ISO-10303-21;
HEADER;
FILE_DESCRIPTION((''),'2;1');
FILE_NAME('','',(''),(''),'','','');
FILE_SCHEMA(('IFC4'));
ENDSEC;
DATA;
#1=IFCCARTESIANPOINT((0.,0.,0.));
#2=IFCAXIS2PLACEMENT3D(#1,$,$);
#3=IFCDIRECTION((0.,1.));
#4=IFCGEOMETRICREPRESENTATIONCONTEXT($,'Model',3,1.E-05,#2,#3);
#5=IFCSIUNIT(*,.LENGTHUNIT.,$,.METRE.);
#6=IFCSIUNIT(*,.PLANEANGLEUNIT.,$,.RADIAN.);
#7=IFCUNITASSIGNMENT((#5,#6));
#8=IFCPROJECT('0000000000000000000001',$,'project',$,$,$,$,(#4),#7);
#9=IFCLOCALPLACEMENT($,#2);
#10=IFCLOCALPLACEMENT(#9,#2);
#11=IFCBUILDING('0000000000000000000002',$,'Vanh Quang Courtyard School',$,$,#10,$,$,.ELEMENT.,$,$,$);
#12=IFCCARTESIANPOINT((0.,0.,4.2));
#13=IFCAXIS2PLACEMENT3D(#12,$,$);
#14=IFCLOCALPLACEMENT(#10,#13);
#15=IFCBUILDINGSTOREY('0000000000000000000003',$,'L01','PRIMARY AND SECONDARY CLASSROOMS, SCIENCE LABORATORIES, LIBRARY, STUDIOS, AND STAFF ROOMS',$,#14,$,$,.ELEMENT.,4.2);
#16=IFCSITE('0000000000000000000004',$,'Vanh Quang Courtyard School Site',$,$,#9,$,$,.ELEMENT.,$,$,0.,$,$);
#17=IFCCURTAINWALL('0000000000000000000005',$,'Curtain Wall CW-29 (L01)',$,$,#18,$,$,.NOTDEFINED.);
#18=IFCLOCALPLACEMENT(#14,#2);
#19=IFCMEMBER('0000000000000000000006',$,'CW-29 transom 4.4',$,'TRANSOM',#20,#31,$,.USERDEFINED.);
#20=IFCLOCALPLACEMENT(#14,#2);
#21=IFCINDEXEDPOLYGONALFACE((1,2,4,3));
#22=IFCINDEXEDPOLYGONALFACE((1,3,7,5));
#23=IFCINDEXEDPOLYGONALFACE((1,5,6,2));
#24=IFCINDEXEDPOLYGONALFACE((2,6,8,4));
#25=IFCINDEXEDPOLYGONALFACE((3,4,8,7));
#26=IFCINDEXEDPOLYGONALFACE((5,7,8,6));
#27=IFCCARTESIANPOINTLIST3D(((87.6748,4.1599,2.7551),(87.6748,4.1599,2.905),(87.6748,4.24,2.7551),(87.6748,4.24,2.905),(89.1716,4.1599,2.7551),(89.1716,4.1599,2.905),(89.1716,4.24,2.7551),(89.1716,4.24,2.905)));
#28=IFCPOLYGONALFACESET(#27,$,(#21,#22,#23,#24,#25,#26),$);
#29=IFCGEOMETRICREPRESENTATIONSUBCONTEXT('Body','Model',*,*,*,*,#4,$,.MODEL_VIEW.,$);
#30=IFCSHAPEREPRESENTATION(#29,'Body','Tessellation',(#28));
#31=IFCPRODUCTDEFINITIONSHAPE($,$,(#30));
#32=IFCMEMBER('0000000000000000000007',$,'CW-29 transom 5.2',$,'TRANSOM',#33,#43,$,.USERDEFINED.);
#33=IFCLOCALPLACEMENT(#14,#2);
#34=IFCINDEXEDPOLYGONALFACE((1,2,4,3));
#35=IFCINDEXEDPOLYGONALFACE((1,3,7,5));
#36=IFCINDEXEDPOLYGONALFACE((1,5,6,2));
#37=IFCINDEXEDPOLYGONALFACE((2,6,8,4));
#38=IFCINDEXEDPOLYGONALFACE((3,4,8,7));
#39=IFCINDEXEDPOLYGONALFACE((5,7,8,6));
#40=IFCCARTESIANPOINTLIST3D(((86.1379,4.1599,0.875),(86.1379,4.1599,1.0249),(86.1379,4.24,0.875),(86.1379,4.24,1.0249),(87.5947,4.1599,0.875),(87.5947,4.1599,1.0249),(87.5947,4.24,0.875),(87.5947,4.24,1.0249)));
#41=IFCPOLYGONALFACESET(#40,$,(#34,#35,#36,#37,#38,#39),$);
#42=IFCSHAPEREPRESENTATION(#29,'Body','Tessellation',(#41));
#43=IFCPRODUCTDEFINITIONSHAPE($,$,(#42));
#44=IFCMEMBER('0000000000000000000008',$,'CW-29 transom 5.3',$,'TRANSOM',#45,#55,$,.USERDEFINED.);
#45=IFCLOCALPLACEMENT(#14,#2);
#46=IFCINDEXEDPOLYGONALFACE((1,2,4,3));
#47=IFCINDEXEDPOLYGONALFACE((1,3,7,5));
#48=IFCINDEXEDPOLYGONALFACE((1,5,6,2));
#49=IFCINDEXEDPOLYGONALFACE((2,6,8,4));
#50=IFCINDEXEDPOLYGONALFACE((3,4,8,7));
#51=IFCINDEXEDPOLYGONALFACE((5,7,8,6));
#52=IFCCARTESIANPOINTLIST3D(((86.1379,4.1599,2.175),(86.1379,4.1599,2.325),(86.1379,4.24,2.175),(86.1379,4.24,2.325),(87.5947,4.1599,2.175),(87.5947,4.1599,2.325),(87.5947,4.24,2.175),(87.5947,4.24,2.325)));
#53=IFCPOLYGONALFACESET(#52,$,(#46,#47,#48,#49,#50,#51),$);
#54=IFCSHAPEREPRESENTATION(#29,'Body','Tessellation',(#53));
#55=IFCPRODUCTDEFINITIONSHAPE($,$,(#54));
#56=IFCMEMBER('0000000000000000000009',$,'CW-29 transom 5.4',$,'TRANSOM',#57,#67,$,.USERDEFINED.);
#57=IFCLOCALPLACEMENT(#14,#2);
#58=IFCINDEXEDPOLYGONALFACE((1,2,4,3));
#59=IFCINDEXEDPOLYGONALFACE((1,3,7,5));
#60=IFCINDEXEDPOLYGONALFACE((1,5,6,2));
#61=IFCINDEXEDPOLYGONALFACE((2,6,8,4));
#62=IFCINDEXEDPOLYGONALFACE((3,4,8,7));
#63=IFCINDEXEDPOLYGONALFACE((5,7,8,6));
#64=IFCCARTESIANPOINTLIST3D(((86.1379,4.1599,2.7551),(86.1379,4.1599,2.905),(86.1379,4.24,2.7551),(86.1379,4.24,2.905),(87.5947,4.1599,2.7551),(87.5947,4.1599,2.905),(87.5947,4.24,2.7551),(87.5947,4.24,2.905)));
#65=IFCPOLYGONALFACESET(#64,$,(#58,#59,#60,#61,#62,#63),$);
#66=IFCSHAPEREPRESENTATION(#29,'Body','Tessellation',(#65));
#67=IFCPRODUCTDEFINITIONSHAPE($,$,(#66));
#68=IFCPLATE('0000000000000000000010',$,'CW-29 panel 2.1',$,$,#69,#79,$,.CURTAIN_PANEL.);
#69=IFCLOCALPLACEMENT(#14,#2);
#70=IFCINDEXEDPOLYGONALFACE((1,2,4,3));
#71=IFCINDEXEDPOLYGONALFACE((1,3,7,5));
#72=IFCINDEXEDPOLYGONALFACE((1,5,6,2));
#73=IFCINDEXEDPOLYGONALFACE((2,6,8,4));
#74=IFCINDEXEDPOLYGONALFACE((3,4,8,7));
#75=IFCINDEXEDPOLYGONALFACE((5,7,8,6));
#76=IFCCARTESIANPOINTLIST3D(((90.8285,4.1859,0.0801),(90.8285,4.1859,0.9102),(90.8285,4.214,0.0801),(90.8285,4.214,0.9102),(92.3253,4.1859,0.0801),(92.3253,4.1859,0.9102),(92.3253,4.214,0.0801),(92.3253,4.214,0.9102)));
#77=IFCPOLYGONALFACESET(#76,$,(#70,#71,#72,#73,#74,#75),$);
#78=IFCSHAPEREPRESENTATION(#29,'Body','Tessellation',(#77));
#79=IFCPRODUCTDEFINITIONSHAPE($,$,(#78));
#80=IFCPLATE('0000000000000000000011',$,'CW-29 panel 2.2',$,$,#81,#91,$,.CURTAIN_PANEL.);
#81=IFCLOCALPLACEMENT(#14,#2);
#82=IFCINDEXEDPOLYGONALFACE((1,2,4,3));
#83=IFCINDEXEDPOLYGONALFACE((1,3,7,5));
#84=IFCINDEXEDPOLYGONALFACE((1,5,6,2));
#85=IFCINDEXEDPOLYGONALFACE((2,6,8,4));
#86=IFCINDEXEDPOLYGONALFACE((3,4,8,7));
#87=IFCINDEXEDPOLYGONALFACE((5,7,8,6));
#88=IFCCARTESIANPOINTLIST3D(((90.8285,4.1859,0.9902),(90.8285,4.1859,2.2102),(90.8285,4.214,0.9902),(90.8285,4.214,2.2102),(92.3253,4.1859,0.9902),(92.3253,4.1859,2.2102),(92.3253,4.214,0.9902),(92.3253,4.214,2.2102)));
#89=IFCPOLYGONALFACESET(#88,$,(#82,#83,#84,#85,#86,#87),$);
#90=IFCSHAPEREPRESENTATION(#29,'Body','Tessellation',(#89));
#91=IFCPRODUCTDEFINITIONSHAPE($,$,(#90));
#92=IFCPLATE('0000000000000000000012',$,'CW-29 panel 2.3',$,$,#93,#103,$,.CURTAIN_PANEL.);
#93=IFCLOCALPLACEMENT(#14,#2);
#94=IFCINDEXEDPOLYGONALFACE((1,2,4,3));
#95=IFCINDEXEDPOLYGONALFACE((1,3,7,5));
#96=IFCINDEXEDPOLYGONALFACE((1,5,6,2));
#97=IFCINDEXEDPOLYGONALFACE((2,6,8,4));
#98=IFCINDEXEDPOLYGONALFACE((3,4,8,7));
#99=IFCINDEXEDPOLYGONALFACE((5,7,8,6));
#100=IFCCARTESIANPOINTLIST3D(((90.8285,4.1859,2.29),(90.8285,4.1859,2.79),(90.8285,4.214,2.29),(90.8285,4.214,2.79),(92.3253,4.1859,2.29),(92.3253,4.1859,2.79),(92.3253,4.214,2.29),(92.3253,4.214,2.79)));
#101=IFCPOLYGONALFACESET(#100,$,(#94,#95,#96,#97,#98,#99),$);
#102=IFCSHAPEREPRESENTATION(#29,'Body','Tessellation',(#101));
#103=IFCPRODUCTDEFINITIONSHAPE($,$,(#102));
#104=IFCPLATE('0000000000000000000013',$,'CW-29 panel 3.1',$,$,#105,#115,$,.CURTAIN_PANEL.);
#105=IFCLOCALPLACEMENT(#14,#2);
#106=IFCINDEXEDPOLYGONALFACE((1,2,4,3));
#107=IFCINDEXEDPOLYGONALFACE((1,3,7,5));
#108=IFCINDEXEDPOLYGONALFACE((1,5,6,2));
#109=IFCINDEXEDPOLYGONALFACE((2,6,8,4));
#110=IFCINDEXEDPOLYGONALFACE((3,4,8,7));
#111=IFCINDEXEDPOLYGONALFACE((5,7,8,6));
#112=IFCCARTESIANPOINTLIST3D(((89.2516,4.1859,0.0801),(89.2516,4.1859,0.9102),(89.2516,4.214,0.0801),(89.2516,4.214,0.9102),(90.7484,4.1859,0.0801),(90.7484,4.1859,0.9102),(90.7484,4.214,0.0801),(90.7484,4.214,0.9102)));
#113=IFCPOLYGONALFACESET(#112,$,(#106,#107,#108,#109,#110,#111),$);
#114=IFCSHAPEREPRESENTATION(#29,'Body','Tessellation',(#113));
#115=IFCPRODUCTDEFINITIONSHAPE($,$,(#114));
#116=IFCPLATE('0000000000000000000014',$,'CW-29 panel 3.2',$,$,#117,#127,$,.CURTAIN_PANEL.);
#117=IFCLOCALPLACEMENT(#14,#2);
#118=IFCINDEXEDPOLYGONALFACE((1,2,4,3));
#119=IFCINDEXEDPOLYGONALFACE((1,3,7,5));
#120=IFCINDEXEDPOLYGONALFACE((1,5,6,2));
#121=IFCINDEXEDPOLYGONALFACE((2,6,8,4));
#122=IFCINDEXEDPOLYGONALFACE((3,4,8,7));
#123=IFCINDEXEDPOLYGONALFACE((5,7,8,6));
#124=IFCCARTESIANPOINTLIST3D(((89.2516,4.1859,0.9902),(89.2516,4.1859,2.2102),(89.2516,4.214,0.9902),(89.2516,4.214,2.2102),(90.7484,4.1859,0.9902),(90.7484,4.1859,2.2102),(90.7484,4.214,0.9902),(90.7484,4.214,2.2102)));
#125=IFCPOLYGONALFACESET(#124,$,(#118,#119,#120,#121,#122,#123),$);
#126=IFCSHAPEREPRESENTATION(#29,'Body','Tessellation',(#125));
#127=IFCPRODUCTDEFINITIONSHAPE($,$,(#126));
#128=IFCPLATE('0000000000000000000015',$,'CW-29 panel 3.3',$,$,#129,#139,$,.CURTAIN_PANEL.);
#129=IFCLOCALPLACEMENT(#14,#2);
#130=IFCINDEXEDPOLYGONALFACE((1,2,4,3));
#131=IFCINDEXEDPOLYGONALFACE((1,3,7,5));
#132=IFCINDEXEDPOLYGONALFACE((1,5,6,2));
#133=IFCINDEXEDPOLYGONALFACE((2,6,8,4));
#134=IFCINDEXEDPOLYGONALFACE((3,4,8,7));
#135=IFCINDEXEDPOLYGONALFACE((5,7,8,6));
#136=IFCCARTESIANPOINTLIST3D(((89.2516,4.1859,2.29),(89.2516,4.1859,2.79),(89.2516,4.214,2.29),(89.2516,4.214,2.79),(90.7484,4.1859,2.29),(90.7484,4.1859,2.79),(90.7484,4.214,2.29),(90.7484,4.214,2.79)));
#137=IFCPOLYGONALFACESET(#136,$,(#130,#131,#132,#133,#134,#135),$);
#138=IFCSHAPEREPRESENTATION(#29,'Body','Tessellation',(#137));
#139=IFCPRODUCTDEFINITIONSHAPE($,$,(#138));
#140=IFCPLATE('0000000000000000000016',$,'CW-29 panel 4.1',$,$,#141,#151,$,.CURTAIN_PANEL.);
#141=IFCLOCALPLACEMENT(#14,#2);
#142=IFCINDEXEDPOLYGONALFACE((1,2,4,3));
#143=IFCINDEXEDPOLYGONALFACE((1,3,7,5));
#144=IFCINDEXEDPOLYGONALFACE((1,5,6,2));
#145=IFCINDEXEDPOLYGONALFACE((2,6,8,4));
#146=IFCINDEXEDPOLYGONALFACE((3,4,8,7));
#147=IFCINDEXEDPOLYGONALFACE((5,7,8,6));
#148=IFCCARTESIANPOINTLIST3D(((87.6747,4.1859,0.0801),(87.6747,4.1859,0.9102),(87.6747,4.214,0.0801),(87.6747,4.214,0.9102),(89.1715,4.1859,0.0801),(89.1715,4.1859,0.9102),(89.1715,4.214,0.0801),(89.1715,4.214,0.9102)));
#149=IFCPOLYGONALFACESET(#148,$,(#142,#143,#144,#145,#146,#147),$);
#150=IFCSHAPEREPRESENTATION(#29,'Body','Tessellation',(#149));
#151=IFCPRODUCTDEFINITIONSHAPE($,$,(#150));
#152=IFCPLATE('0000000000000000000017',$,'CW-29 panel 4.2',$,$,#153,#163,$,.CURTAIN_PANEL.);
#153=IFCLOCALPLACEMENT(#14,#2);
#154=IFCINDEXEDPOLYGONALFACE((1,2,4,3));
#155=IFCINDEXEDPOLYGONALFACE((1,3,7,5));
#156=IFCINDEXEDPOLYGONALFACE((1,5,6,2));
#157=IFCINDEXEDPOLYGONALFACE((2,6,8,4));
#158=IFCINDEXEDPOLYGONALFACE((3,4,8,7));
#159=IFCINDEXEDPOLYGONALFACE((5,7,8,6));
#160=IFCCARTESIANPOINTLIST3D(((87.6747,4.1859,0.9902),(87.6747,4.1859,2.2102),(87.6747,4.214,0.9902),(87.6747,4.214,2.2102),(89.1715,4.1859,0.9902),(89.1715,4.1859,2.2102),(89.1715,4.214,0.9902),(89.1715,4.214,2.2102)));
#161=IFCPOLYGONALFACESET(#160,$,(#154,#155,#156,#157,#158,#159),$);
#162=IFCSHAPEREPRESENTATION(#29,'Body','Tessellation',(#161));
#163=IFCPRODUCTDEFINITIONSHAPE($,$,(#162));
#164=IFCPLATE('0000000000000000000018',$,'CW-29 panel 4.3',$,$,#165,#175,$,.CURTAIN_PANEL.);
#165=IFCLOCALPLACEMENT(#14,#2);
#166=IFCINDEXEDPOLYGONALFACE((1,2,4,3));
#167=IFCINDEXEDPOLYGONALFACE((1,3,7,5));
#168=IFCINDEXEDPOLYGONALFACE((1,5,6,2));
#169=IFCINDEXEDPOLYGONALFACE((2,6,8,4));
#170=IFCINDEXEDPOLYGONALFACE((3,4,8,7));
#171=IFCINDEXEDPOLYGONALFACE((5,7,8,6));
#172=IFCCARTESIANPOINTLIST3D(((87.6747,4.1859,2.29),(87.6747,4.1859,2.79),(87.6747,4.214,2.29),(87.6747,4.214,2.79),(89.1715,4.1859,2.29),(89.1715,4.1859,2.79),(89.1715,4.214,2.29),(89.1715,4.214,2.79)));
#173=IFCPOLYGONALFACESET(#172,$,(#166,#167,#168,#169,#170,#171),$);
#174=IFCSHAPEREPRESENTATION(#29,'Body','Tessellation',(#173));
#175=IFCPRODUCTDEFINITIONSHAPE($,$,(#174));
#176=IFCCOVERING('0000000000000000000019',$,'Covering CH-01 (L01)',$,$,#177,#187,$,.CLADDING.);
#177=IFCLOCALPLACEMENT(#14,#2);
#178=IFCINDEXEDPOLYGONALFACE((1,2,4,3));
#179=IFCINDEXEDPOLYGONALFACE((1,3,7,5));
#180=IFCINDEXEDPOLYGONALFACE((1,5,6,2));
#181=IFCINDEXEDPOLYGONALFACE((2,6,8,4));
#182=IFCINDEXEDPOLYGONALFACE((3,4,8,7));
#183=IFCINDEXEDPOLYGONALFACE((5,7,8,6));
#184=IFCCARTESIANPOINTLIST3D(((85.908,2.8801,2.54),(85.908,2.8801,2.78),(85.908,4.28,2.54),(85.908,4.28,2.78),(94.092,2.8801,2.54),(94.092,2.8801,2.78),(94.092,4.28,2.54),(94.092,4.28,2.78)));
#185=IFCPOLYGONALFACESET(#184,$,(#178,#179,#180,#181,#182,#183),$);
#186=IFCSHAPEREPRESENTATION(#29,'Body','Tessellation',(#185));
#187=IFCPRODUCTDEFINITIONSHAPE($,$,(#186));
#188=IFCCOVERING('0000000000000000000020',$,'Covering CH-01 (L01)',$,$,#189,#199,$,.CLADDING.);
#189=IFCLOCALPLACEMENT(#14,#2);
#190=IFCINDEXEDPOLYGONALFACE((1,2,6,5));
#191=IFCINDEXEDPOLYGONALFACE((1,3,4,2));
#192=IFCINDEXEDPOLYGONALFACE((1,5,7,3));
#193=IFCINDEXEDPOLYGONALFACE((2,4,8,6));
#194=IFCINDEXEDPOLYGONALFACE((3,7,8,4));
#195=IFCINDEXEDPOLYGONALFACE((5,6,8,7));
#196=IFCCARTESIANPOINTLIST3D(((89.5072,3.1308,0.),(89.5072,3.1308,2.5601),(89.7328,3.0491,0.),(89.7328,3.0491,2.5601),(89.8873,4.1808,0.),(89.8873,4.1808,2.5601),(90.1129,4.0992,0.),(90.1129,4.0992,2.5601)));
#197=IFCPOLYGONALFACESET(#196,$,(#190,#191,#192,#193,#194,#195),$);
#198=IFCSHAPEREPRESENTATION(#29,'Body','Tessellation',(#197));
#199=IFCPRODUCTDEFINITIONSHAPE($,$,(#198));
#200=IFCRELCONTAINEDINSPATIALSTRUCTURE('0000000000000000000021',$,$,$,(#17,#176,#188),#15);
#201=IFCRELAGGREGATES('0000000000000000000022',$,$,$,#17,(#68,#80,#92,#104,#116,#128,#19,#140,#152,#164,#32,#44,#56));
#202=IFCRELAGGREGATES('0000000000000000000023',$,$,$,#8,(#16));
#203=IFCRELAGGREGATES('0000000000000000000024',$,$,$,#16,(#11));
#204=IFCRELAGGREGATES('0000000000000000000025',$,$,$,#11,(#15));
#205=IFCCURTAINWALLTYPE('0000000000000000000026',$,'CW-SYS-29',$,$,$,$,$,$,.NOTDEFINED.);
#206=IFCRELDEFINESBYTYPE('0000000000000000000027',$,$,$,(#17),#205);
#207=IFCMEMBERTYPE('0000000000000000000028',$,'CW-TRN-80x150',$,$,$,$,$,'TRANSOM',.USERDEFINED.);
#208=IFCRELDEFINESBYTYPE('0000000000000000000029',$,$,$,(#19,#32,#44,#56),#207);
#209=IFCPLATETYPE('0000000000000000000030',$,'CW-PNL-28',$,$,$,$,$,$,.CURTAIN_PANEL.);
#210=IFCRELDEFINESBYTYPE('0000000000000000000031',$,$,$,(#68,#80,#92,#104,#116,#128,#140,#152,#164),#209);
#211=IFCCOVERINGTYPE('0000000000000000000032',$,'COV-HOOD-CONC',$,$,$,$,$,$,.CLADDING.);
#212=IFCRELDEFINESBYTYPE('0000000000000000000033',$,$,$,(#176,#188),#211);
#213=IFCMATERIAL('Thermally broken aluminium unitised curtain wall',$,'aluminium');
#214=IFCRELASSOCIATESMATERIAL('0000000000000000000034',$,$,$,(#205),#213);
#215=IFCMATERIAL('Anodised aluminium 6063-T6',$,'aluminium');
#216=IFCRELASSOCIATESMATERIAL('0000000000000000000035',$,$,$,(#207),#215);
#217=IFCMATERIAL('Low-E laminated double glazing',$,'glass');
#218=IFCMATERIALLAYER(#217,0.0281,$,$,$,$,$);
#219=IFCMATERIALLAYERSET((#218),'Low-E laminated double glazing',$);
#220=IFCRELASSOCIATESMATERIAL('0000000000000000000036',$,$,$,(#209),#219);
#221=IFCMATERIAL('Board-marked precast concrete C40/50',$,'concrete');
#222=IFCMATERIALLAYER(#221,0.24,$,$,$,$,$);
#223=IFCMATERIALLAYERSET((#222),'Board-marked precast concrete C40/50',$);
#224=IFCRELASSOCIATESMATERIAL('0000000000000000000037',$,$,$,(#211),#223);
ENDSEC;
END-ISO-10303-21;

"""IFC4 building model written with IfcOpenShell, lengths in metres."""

from ifc_helpers import new_model, si_unit, direction, frame, origin, origin_2d, place, context, subcontext, project, spatial, rectangle, extrude, material, layer, layer_set, material_profile, profile_set, type_object, element, aggregate, save


model = new_model("IFC4")

# Units and contexts
model_context = context("Model", 3, precision=1e-05, world=origin(), true_north=direction((0.0, 1.0)))
body_context = subcontext(model_context, "Body", "Model", "MODEL_VIEW")
ifc_project = project(units=[si_unit("LENGTHUNIT", "METRE"), si_unit("PLANEANGLEUNIT", "RADIAN")], contexts=[model_context])

# Site, building, storey
site_placement = place(None, origin())
site = spatial("IfcSite", under=ifc_project, at=site_placement, Name="Vanh Quang Courtyard School Site", CompositionType="ELEMENT", RefElevation=0.0)
building_placement = place(site_placement, origin())
building = spatial("IfcBuilding", under=site, at=building_placement, Name="Vanh Quang Courtyard School", CompositionType="ELEMENT")
storey_placement = place(building_placement, frame((0.0, 0.0, 4.2)))
storey = spatial("IfcBuildingStorey", under=building, at=storey_placement, Name="L01", Description="PRIMARY AND SECONDARY CLASSROOMS, SCIENCE LABORATORIES, LIBRARY, STUDIOS, AND STAFF ROOMS", CompositionType="ELEMENT", Elevation=4.2)

# Curtain wall, members, plates
ifc_material_1 = material(Name="Thermally broken aluminium unitised curtain wall", Category="aluminium")
curtain_wall_type = type_object("IfcCurtainWallType", Name="CW-SYS-29", PredefinedType="NOTDEFINED", material=ifc_material_1)
curtain_wall_placement = place(storey_placement, origin())
curtain_wall = element("IfcCurtainWall", 1, at=curtain_wall_placement, inside=storey, type_object=curtain_wall_type, Name="Curtain Wall CW-29 (L01)", PredefinedType="NOTDEFINED")
ifc_material_2 = material(Name="Anodised aluminium 6063-T6", Category="aluminium")
ifc_material_profile_1 = material_profile(ifc_material_2, rectangle(XDim=0.0801, YDim=0.1499, at=origin_2d()), Name="ALU-TRN 80x150")
ifc_profile_set_1 = profile_set([ifc_material_profile_1], Name="Anodised aluminium 6063-T6")
member_type_1 = type_object("IfcMemberType", Name="CW-TRN-80x150", ElementType="TRANSOM", PredefinedType="USERDEFINED", material=ifc_profile_set_1)
member_1_placement = place(storey_placement, frame((89.1716, 4.2, 2.8301), z_axis=(-1.0, 0.0, 0.0), x_axis=(0.0, -1.0, 0.0)))
member_1 = element("IfcMember", 2, at=member_1_placement, type_object=member_type_1, Name="CW-29 transom 4.4", ObjectType="TRANSOM", PredefinedType="USERDEFINED", context=body_context, shape_type="SweptSolid", body=[
    extrude(rectangle(XDim=0.0801, YDim=0.1499, at=origin_2d()), origin(), (0.0, 0.0, 1.0), 1.4968),
])
member_2_placement = place(storey_placement, frame((87.5947, 4.2, 0.95), z_axis=(-1.0, 0.0, 0.0), x_axis=(0.0, -1.0, 0.0)))
member_2 = element("IfcMember", 3, at=member_2_placement, type_object=member_type_1, Name="CW-29 transom 5.2", ObjectType="TRANSOM", PredefinedType="USERDEFINED", context=body_context, shape_type="SweptSolid", body=[
    extrude(rectangle(XDim=0.0801, YDim=0.1499, at=origin_2d()), origin(), (0.0, 0.0, 1.0), 1.4568),
])
member_3_placement = place(storey_placement, frame((87.5947, 4.2, 2.25), z_axis=(-1.0, 0.0, 0.0), x_axis=(0.0, -1.0, 0.0)))
member_3 = element("IfcMember", 4, at=member_3_placement, type_object=member_type_1, Name="CW-29 transom 5.3", ObjectType="TRANSOM", PredefinedType="USERDEFINED", context=body_context, shape_type="SweptSolid", body=[
    extrude(rectangle(XDim=0.0801, YDim=0.1499, at=origin_2d()), origin(), (0.0, 0.0, 1.0), 1.4568),
])
member_4_placement = place(storey_placement, frame((87.5947, 4.2, 2.8301), z_axis=(-1.0, 0.0, 0.0), x_axis=(0.0, -1.0, 0.0)))
member_4 = element("IfcMember", 5, at=member_4_placement, type_object=member_type_1, Name="CW-29 transom 5.4", ObjectType="TRANSOM", PredefinedType="USERDEFINED", context=body_context, shape_type="SweptSolid", body=[
    extrude(rectangle(XDim=0.0801, YDim=0.1499, at=origin_2d()), origin(), (0.0, 0.0, 1.0), 1.4568),
])
ifc_material_3 = material(Name="Low-E laminated double glazing", Category="glass")
ifc_layer_1 = layer(ifc_material_3, 0.0281)
ifc_layer_set_1 = layer_set([ifc_layer_1], Name="Low-E laminated double glazing")
plate_type = type_object("IfcPlateType", Name="CW-PNL-28", PredefinedType="CURTAIN_PANEL", material=ifc_layer_set_1)
plate_1_placement = place(storey_placement, frame((91.5769, 4.2, 0.0801), z_axis=(0.0, 0.0, 1.0), x_axis=(-1.0, 0.0, 0.0)))
plate_1 = element("IfcPlate", 6, at=plate_1_placement, type_object=plate_type, Name="CW-29 panel 2.1", PredefinedType="CURTAIN_PANEL", context=body_context, shape_type="SweptSolid", body=[
    extrude(rectangle(XDim=1.4968, YDim=0.0281, at=origin_2d()), origin(), (0.0, 0.0, 1.0), 0.8301),
])
plate_2_placement = place(storey_placement, frame((91.5769, 4.2, 0.9902), z_axis=(0.0, 0.0, 1.0), x_axis=(-1.0, 0.0, 0.0)))
plate_2 = element("IfcPlate", 7, at=plate_2_placement, type_object=plate_type, Name="CW-29 panel 2.2", PredefinedType="CURTAIN_PANEL", context=body_context, shape_type="SweptSolid", body=[
    extrude(rectangle(XDim=1.4968, YDim=0.0281, at=origin_2d()), origin(), (0.0, 0.0, 1.0), 1.22),
])
plate_3_placement = place(storey_placement, frame((91.5769, 4.2, 2.29), z_axis=(0.0, 0.0, 1.0), x_axis=(-1.0, 0.0, 0.0)))
plate_3 = element("IfcPlate", 8, at=plate_3_placement, type_object=plate_type, Name="CW-29 panel 2.3", PredefinedType="CURTAIN_PANEL", context=body_context, shape_type="SweptSolid", body=[
    extrude(rectangle(XDim=1.4968, YDim=0.0281, at=origin_2d()), origin(), (0.0, 0.0, 1.0), 0.5),
])
plate_4_placement = place(storey_placement, frame((90.0, 4.2, 0.0801), z_axis=(0.0, 0.0, 1.0), x_axis=(-1.0, 0.0, 0.0)))
plate_4 = element("IfcPlate", 9, at=plate_4_placement, type_object=plate_type, Name="CW-29 panel 3.1", PredefinedType="CURTAIN_PANEL", context=body_context, shape_type="SweptSolid", body=[
    extrude(rectangle(XDim=1.4968, YDim=0.0281, at=origin_2d()), origin(), (0.0, 0.0, 1.0), 0.8301),
])
plate_5_placement = place(storey_placement, frame((90.0, 4.2, 0.9902), z_axis=(0.0, 0.0, 1.0), x_axis=(-1.0, 0.0, 0.0)))
plate_5 = element("IfcPlate", 10, at=plate_5_placement, type_object=plate_type, Name="CW-29 panel 3.2", PredefinedType="CURTAIN_PANEL", context=body_context, shape_type="SweptSolid", body=[
    extrude(rectangle(XDim=1.4968, YDim=0.0281, at=origin_2d()), origin(), (0.0, 0.0, 1.0), 1.22),
])
plate_6_placement = place(storey_placement, frame((90.0, 4.2, 2.29), z_axis=(0.0, 0.0, 1.0), x_axis=(-1.0, 0.0, 0.0)))
plate_6 = element("IfcPlate", 11, at=plate_6_placement, type_object=plate_type, Name="CW-29 panel 3.3", PredefinedType="CURTAIN_PANEL", context=body_context, shape_type="SweptSolid", body=[
    extrude(rectangle(XDim=1.4968, YDim=0.0281, at=origin_2d()), origin(), (0.0, 0.0, 1.0), 0.5),
])
plate_7_placement = place(storey_placement, frame((88.4231, 4.2, 0.0801), z_axis=(0.0, 0.0, 1.0), x_axis=(-1.0, 0.0, 0.0)))
plate_7 = element("IfcPlate", 12, at=plate_7_placement, type_object=plate_type, Name="CW-29 panel 4.1", PredefinedType="CURTAIN_PANEL", context=body_context, shape_type="SweptSolid", body=[
    extrude(rectangle(XDim=1.4968, YDim=0.0281, at=origin_2d()), origin(), (0.0, 0.0, 1.0), 0.8301),
])
plate_8_placement = place(storey_placement, frame((88.4231, 4.2, 0.9902), z_axis=(0.0, 0.0, 1.0), x_axis=(-1.0, 0.0, 0.0)))
plate_8 = element("IfcPlate", 13, at=plate_8_placement, type_object=plate_type, Name="CW-29 panel 4.2", PredefinedType="CURTAIN_PANEL", context=body_context, shape_type="SweptSolid", body=[
    extrude(rectangle(XDim=1.4968, YDim=0.0281, at=origin_2d()), origin(), (0.0, 0.0, 1.0), 1.22),
])
plate_9_placement = place(storey_placement, frame((88.4231, 4.2, 2.29), z_axis=(0.0, 0.0, 1.0), x_axis=(-1.0, 0.0, 0.0)))
plate_9 = element("IfcPlate", 14, at=plate_9_placement, type_object=plate_type, Name="CW-29 panel 4.3", PredefinedType="CURTAIN_PANEL", context=body_context, shape_type="SweptSolid", body=[
    extrude(rectangle(XDim=1.4968, YDim=0.0281, at=origin_2d()), origin(), (0.0, 0.0, 1.0), 0.5),
])
aggregate(curtain_wall, [plate_1, plate_2, plate_3, plate_4, plate_5, plate_6, member_1, plate_7, plate_8, plate_9, member_2, member_3, member_4])

# Coverings
ifc_material_4 = material(Name="Board-marked precast concrete C40/50", Category="concrete")
ifc_layer_2 = layer(ifc_material_4, 0.24)
ifc_layer_set_2 = layer_set([ifc_layer_2], Name="Board-marked precast concrete C40/50")
covering_type = type_object("IfcCoveringType", Name="COV-HOOD-CONC", PredefinedType="CLADDING", material=ifc_layer_set_2)
covering_1_placement = place(storey_placement, frame((90.0, 3.5801, 2.54), z_axis=(0.0, 0.0, 1.0), x_axis=(-1.0, 0.0, 0.0)))
element("IfcCovering", 15, at=covering_1_placement, inside=storey, type_object=covering_type, Name="Covering CH-01 (L01)", PredefinedType="CLADDING", context=body_context, shape_type="SweptSolid", body=[
    extrude(rectangle(XDim=8.1841, YDim=1.3999, at=origin_2d()), origin(), (0.0, 0.0, 1.0), 0.24),
])
covering_2_placement = place(storey_placement, frame((89.8101, 3.615, 0.0), z_axis=(0.0, 0.0, 1.0), x_axis=(-0.34038, -0.940288, 0.0)))
element("IfcCovering", 16, at=covering_2_placement, inside=storey, type_object=covering_type, Name="Covering CH-01 (L01)", PredefinedType="CLADDING", context=body_context, shape_type="SweptSolid", body=[
    extrude(rectangle(XDim=1.1167, YDim=0.24, at=origin_2d()), origin(), (0.0, 0.0, 1.0), 2.5601),
])

save(model, "model.ifc")
